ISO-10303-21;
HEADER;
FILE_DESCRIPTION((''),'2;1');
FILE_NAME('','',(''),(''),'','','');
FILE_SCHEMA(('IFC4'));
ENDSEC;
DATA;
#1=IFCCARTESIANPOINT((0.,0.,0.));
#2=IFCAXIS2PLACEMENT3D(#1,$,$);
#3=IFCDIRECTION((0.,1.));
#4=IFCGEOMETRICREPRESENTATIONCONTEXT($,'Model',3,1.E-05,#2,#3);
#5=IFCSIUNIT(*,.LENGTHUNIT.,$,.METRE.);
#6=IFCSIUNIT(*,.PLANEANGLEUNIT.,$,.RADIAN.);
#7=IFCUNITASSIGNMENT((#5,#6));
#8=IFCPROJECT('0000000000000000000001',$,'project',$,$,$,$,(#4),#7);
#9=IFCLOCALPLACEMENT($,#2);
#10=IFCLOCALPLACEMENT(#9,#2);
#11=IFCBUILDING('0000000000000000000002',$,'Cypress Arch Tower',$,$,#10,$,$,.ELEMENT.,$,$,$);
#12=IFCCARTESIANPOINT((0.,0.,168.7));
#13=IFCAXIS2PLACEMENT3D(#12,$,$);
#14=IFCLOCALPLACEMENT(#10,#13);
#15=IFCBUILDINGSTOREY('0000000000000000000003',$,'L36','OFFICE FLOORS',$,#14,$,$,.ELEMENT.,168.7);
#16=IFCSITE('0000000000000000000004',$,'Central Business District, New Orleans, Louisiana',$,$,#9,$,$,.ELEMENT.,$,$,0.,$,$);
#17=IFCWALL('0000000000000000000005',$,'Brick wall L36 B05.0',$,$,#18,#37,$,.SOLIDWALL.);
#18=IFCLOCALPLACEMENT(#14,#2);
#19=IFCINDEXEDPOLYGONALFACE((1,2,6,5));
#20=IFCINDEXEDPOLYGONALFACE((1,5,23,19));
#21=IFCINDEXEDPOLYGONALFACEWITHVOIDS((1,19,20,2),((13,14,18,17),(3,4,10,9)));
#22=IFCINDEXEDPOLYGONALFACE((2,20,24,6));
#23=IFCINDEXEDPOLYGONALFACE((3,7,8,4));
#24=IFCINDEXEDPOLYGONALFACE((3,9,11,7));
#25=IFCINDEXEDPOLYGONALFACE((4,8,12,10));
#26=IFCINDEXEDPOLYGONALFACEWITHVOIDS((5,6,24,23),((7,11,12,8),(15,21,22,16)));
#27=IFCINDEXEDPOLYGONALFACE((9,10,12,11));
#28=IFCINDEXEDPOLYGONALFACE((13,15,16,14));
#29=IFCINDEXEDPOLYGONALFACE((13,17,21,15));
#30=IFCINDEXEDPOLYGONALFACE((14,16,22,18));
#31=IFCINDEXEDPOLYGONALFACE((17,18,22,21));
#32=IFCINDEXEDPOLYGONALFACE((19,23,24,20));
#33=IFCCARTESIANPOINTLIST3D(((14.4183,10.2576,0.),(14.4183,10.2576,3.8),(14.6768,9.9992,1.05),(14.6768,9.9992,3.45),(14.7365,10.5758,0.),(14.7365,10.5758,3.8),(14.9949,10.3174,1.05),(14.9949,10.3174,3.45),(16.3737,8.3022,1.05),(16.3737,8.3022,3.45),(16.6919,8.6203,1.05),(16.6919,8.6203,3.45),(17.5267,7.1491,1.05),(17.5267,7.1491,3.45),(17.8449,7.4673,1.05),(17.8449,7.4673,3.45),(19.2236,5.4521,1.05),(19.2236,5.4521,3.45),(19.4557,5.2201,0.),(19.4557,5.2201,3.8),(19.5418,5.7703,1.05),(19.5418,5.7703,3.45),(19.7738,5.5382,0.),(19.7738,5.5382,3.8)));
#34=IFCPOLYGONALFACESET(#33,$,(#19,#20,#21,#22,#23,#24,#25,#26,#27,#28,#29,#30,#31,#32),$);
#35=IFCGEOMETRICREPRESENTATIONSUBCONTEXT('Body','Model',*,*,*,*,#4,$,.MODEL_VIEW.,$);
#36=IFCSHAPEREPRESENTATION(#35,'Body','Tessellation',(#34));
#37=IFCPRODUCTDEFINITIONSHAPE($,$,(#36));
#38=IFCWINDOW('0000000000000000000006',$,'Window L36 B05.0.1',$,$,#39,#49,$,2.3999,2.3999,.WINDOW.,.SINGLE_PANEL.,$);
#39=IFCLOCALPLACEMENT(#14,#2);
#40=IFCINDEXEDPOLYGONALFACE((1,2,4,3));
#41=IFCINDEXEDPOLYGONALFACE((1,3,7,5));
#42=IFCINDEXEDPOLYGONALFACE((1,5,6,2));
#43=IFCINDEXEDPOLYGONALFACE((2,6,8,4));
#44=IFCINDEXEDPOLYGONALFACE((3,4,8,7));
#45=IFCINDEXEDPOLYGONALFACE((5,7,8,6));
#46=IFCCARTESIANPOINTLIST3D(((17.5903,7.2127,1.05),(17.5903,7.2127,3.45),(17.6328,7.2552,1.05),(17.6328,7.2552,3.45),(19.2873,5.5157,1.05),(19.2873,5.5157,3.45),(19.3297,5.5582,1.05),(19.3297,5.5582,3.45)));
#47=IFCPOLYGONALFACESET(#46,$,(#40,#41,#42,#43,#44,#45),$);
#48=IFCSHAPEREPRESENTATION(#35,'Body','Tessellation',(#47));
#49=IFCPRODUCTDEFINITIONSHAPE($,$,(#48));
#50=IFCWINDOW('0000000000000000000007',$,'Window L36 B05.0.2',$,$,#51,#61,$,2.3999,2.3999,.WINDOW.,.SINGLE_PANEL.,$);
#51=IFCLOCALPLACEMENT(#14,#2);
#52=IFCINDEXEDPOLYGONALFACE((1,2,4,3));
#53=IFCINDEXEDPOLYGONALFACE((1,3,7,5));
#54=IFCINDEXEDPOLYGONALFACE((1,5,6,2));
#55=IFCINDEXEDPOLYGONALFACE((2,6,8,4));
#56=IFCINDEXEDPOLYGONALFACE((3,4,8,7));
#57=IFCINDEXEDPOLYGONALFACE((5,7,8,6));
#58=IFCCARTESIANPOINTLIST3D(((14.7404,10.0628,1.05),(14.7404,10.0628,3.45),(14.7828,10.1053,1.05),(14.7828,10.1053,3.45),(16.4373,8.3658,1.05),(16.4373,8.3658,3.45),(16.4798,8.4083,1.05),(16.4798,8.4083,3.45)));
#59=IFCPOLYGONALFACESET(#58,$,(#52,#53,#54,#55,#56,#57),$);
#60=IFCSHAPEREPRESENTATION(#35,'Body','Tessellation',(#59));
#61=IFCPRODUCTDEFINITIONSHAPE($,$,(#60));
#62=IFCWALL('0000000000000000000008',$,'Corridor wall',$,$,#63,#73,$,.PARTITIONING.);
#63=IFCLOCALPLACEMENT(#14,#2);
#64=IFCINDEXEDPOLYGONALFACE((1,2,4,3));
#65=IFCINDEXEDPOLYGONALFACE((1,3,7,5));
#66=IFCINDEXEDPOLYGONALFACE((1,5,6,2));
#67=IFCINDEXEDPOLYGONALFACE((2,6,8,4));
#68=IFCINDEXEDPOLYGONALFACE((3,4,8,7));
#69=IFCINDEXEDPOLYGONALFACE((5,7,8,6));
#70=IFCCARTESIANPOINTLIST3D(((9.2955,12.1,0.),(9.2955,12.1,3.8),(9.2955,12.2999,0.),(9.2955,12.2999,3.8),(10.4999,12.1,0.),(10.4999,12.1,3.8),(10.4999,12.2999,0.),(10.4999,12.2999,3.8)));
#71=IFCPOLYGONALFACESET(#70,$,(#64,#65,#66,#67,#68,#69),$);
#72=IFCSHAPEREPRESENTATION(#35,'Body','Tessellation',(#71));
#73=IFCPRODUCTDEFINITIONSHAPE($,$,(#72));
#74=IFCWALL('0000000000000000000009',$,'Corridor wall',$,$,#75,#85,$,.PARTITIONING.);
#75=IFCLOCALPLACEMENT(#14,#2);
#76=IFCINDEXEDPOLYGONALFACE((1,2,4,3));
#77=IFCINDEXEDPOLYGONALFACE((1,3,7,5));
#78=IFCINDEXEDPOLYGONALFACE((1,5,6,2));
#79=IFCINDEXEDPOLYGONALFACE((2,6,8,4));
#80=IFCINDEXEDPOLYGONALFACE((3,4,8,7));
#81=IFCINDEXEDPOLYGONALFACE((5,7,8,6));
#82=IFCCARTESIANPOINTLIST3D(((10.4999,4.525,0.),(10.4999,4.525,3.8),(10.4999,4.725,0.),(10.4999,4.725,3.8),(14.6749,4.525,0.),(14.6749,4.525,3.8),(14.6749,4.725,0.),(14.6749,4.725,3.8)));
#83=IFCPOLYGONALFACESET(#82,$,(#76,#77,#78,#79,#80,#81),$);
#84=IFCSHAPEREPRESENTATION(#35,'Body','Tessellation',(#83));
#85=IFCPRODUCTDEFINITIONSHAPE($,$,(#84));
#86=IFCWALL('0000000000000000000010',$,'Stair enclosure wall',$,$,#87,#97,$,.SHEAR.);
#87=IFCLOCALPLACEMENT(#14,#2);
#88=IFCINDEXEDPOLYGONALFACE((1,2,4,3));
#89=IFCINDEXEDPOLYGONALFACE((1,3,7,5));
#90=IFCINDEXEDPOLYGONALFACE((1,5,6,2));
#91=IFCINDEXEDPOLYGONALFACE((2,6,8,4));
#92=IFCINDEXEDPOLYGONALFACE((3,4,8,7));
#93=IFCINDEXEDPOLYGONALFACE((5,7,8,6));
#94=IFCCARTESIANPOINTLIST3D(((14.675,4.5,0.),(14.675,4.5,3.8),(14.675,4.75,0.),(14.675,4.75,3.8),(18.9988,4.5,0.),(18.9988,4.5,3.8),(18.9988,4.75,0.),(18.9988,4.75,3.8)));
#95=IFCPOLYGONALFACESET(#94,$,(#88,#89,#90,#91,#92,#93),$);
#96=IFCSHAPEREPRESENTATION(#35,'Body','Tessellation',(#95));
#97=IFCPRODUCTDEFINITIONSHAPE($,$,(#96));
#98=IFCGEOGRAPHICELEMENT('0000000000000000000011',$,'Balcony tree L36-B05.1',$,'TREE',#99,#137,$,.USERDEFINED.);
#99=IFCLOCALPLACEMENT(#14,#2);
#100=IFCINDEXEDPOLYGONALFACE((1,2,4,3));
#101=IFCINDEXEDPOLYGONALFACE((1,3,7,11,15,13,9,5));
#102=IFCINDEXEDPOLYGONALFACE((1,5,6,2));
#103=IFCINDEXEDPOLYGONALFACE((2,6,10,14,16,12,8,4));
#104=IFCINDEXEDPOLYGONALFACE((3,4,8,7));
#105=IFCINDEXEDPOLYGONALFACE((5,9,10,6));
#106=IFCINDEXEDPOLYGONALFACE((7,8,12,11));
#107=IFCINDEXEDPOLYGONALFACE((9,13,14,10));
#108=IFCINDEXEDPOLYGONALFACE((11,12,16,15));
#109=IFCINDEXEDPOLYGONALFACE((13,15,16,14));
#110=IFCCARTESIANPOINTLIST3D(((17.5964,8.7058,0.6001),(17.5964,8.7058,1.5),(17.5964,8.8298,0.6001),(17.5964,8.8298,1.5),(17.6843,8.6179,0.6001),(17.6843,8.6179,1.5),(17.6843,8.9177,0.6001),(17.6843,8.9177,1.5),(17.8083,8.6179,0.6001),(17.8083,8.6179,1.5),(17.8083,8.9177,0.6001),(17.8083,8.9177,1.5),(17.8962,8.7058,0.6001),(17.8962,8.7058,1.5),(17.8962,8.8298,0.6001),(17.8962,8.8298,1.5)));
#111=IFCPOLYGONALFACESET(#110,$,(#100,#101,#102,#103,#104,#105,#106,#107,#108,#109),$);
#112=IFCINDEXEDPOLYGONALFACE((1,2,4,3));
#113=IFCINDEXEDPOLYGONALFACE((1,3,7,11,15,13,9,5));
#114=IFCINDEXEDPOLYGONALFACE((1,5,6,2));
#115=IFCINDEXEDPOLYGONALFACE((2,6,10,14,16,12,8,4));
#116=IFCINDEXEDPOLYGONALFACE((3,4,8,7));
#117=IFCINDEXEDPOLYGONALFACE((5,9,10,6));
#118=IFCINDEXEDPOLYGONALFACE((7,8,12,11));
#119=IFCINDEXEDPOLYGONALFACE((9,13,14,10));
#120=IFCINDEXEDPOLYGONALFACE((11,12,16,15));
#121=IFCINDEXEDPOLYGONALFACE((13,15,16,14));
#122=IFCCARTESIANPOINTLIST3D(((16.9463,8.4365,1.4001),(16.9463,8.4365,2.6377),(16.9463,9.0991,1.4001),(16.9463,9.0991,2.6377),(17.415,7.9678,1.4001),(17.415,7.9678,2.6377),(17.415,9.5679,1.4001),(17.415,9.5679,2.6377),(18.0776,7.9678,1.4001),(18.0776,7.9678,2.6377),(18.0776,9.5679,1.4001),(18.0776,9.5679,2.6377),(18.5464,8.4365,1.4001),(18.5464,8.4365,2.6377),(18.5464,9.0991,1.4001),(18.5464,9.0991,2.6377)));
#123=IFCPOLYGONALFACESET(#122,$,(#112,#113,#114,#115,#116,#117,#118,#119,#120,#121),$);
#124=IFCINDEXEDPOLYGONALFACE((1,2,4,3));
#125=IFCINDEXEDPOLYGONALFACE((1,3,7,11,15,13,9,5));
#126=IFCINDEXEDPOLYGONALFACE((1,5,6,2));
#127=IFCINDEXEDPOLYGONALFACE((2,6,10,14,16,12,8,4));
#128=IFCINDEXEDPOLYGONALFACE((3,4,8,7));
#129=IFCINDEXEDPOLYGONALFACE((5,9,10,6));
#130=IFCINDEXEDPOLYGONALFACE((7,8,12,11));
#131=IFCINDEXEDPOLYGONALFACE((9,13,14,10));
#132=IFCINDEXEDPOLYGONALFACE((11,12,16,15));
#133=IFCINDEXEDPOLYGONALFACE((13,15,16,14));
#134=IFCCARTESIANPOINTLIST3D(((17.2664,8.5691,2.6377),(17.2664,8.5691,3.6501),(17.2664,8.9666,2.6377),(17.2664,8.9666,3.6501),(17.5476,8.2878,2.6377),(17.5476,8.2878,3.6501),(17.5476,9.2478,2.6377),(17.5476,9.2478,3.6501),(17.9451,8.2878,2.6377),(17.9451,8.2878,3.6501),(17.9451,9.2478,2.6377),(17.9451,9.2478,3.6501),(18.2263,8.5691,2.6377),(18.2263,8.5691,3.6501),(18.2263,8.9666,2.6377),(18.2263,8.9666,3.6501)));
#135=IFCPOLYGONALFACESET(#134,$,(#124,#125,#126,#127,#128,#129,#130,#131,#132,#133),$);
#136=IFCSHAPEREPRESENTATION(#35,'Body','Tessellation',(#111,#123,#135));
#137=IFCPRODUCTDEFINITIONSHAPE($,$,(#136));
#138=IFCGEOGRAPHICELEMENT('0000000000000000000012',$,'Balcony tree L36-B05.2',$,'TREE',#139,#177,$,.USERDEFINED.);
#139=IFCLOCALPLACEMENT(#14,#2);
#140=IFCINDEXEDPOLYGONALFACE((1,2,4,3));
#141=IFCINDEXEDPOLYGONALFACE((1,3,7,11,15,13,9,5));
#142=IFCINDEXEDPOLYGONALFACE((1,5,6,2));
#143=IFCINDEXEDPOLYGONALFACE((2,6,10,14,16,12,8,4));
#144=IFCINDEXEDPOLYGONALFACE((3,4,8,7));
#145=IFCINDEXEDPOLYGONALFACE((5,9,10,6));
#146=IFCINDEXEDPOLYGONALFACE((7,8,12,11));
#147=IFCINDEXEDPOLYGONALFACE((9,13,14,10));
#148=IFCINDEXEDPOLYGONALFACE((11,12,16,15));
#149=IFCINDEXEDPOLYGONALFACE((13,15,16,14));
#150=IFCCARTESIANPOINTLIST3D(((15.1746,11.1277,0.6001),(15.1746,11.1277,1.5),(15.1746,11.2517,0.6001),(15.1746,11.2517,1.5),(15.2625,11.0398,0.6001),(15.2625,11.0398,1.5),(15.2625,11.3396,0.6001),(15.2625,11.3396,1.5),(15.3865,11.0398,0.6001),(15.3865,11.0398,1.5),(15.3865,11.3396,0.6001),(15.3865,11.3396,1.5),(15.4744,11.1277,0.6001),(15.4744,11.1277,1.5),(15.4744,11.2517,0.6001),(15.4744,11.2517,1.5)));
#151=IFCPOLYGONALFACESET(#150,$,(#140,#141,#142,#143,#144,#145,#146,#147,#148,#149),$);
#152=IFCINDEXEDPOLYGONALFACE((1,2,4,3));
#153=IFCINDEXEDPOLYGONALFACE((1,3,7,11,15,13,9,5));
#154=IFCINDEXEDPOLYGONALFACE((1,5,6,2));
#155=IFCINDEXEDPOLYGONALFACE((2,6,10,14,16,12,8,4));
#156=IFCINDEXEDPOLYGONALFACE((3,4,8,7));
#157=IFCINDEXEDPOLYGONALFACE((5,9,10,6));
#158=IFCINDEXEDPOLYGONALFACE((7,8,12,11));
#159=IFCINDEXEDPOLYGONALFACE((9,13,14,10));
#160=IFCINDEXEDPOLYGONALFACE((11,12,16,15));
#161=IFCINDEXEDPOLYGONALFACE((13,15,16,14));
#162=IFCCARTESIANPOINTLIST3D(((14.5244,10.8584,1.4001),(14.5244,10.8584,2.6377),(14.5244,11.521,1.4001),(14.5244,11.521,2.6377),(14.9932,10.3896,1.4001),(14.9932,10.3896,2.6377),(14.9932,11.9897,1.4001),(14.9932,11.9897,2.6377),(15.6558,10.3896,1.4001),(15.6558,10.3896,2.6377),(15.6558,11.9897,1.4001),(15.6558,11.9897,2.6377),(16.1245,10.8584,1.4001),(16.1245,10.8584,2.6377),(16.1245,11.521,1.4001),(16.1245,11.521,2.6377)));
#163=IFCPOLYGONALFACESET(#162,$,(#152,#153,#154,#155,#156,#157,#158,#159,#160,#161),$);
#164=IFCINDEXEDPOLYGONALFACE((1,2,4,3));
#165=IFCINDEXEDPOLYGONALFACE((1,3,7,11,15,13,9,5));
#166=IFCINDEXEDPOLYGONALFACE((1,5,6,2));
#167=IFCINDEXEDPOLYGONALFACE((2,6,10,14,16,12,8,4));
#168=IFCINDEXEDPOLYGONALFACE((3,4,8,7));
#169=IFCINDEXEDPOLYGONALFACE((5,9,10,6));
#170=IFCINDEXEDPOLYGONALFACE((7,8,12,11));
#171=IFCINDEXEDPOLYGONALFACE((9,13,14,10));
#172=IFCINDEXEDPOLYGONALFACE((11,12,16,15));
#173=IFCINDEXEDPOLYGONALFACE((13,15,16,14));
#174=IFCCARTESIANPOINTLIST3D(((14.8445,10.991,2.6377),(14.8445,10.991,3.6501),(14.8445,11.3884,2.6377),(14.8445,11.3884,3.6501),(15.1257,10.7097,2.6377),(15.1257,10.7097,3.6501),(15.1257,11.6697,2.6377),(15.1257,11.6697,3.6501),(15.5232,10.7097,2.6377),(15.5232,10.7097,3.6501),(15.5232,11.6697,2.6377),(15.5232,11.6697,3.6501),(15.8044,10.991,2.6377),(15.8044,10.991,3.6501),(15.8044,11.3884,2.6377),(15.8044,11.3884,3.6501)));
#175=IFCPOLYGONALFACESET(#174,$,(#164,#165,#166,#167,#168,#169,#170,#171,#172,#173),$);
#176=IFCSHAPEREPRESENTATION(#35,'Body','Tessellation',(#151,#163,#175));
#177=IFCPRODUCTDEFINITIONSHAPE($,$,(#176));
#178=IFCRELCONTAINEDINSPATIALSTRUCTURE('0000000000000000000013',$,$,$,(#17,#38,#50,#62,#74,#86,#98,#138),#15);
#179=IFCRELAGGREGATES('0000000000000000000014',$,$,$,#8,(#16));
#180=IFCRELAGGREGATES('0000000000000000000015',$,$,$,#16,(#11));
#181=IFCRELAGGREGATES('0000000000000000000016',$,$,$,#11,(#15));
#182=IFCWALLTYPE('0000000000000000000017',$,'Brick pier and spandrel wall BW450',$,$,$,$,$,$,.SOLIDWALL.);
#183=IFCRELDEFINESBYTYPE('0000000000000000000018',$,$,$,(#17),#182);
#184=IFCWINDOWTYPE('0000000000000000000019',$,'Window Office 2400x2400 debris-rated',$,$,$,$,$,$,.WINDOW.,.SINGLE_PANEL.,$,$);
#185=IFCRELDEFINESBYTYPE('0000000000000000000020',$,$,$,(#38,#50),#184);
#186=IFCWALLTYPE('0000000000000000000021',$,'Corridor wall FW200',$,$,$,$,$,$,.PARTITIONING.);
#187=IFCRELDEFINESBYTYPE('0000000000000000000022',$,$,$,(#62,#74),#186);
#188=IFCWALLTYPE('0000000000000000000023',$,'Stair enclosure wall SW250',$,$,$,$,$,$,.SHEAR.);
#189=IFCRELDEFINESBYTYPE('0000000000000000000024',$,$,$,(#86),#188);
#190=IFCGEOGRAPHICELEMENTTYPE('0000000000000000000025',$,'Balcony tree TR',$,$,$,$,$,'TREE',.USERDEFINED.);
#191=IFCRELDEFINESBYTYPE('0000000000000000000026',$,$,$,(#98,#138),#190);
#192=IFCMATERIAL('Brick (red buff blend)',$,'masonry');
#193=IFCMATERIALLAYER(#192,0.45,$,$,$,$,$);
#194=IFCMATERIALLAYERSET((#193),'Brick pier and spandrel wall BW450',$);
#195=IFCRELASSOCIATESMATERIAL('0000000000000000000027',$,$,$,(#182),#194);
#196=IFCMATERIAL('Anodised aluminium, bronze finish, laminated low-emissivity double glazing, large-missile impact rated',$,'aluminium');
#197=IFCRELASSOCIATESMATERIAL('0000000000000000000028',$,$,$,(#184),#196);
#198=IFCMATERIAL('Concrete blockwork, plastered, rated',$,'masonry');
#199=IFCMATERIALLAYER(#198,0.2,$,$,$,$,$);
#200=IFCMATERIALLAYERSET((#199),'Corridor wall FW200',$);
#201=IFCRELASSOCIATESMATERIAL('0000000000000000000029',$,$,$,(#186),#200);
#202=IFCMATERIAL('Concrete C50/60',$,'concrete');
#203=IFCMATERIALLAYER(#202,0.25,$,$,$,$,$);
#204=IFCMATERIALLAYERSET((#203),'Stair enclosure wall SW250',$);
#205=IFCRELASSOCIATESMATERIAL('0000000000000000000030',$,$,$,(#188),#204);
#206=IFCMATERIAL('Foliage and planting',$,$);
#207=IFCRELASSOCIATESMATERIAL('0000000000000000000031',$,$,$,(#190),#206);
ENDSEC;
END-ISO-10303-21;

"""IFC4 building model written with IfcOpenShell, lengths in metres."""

from ifc_helpers import new_model, si_unit, direction, frame, frame_2d, origin, place, context, subcontext, project, spatial, polyline, rectangle, outline, extrude, material, layer, layer_set, type_object, element, fill, save


model = new_model("IFC4")

# Units and contexts
model_context = context("Model", 3, precision=1e-05, world=origin(), true_north=direction((0.0, 1.0)))
body_context = subcontext(model_context, "Body", "Model", "MODEL_VIEW")
ifc_project = project(units=[si_unit("LENGTHUNIT", "METRE"), si_unit("PLANEANGLEUNIT", "RADIAN")], contexts=[model_context])

# Site, building, storey
site_placement = place(None, origin())
site = spatial("IfcSite", under=ifc_project, at=site_placement, Name="Central Business District, New Orleans, Louisiana", CompositionType="ELEMENT", RefElevation=0.0)
building_placement = place(site_placement, origin())
building = spatial("IfcBuilding", under=site, at=building_placement, Name="Cypress Arch Tower", CompositionType="ELEMENT")
storey_placement = place(building_placement, frame((0.0, 0.0, 168.7)))
storey = spatial("IfcBuildingStorey", under=building, at=storey_placement, Name="L36", Description="OFFICE FLOORS", CompositionType="ELEMENT", Elevation=168.7)

# Wall, openings, windows
ifc_material_1 = material(Name="Brick (red buff blend)", Category="masonry")
ifc_layer_1 = layer(ifc_material_1, 0.45)
ifc_layer_set_1 = layer_set([ifc_layer_1], Name="Brick pier and spandrel wall BW450")
wall_type_1 = type_object("IfcWallType", Name="Brick pier and spandrel wall BW450", PredefinedType="SOLIDWALL", material=ifc_layer_set_1)
wall_1_placement = place(storey_placement, frame((19.6147, 5.3792, 0.0), z_axis=(0.0, 0.0, 1.0), x_axis=(-0.70709, 0.707124, 0.0)))
wall_1 = element("IfcWall", 1, at=wall_1_placement, inside=storey, type_object=wall_type_1, Name="Brick wall L36 B05.0", PredefinedType="SOLIDWALL", context=body_context, shape_type="SweptSolid", body=[
    extrude(rectangle(XDim=7.124, YDim=0.45, at=frame_2d((3.562, 0.0))), origin(), (0.0, 0.0, 1.0), 3.8),
])
opening_1_placement = place(wall_1_placement, frame((0.3281, 0.0, 1.05)))
opening_1 = element("IfcOpeningElement", 2, at=opening_1_placement, cuts=wall_1, PredefinedType="OPENING", context=body_context, shape_type="SweptSolid", body=[
    extrude(rectangle(XDim=2.3999, YDim=2.3999, at=frame_2d((1.2, 1.2))), frame((0.0, 0.2349, 0.0), z_axis=(0.0, -1.0, 0.0), x_axis=(1.0, 0.0, 0.0)), (0.0, 0.0, 1.0), 0.47),
])
opening_2_placement = place(wall_1_placement, frame((4.3586, 0.0, 1.05)))
opening_2 = element("IfcOpeningElement", 3, at=opening_2_placement, cuts=wall_1, PredefinedType="OPENING", context=body_context, shape_type="SweptSolid", body=[
    extrude(rectangle(XDim=2.3999, YDim=2.3999, at=frame_2d((1.2, 1.2))), frame((0.0, 0.2349, 0.0), z_axis=(0.0, -1.0, 0.0), x_axis=(1.0, 0.0, 0.0)), (0.0, 0.0, 1.0), 0.47),
])
ifc_material_2 = material(Name="Anodised aluminium, bronze finish, laminated low-emissivity double glazing, large-missile impact rated", Category="aluminium")
window_type = type_object("IfcWindowType", Name="Window Office 2400x2400 debris-rated", PartitioningType="SINGLE_PANEL", PredefinedType="WINDOW", material=ifc_material_2)
window_1_placement = place(opening_1_placement, origin())
window_1 = element("IfcWindow", 4, at=window_1_placement, inside=storey, type_object=window_type, Name="Window L36 B05.0.1", OverallHeight=2.3999, OverallWidth=2.3999, PartitioningType="SINGLE_PANEL", PredefinedType="WINDOW", context=body_context, shape_type="SweptSolid", body=[
    extrude(rectangle(XDim=2.3999, YDim=2.3999, at=frame_2d((1.2, 1.2))), frame((0.0, 0.135, 0.0), z_axis=(0.0, -1.0, 0.0), x_axis=(1.0, 0.0, 0.0)), (0.0, 0.0, 1.0), 0.0601),
])
fill(opening_1, window_1)
window_2_placement = place(opening_2_placement, origin())
window_2 = element("IfcWindow", 5, at=window_2_placement, inside=storey, type_object=window_type, Name="Window L36 B05.0.2", OverallHeight=2.3999, OverallWidth=2.3999, PartitioningType="SINGLE_PANEL", PredefinedType="WINDOW", context=body_context, shape_type="SweptSolid", body=[
    extrude(rectangle(XDim=2.3999, YDim=2.3999, at=frame_2d((1.2, 1.2))), frame((0.0, 0.135, 0.0), z_axis=(0.0, -1.0, 0.0), x_axis=(1.0, 0.0, 0.0)), (0.0, 0.0, 1.0), 0.0601),
])
fill(opening_2, window_2)

# Walls
ifc_material_3 = material(Name="Concrete blockwork, plastered, rated", Category="masonry")
ifc_layer_2 = layer(ifc_material_3, 0.2)
ifc_layer_set_2 = layer_set([ifc_layer_2], Name="Corridor wall FW200")
wall_type_2 = type_object("IfcWallType", Name="Corridor wall FW200", PredefinedType="PARTITIONING", material=ifc_layer_set_2)
wall_2_placement = place(storey_placement, frame((9.2957, 12.2, 0.0), z_axis=(0.0, 0.0, 1.0), x_axis=(1.0, 0.0, 0.0)))
element("IfcWall", 6, at=wall_2_placement, inside=storey, type_object=wall_type_2, Name="Corridor wall", PredefinedType="PARTITIONING", context=body_context, shape_type="SweptSolid", body=[
    extrude(rectangle(XDim=1.2043, YDim=0.2, at=frame_2d((0.6021, 0.0))), origin(), (0.0, 0.0, 1.0), 3.8),
])
wall_3_placement = place(storey_placement, frame((10.5, 4.625, 0.0), z_axis=(0.0, 0.0, 1.0), x_axis=(1.0, 0.0, 0.0)))
element("IfcWall", 7, at=wall_3_placement, inside=storey, type_object=wall_type_2, Name="Corridor wall", PredefinedType="PARTITIONING", context=body_context, shape_type="SweptSolid", body=[
    extrude(rectangle(XDim=4.175, YDim=0.2, at=frame_2d((2.0874, 0.0))), origin(), (0.0, 0.0, 1.0), 3.8),
])
ifc_material_4 = material(Name="Concrete C50/60", Category="concrete")
ifc_layer_3 = layer(ifc_material_4, 0.25)
ifc_layer_set_3 = layer_set([ifc_layer_3], Name="Stair enclosure wall SW250")
wall_type_3 = type_object("IfcWallType", Name="Stair enclosure wall SW250", PredefinedType="SHEAR", material=ifc_layer_set_3)
wall_4_placement = place(storey_placement, frame((14.675, 4.625, 0.0), z_axis=(0.0, 0.0, 1.0), x_axis=(1.0, 0.0, 0.0)))
element("IfcWall", 8, at=wall_4_placement, inside=storey, type_object=wall_type_3, Name="Stair enclosure wall", PredefinedType="SHEAR", context=body_context, shape_type="SweptSolid", body=[
    extrude(rectangle(XDim=4.3237, YDim=0.25, at=frame_2d((2.1619, 0.0))), origin(), (0.0, 0.0, 1.0), 3.8),
])

# Geographic elements
ifc_material_5 = material(Name="Foliage and planting")
geographic_element_type = type_object("IfcGeographicElementType", Name="Balcony tree TR", ElementType="TREE", PredefinedType="USERDEFINED", material=ifc_material_5)
for number, where, z_axis, x_axis, name in (
    (9, (17.7463, 8.7678, 0.6001), (0.0, 0.0, 1.0), (1.0, 0.0, 0.0), "Balcony tree L36-B05.1"),
    (10, (15.3245, 11.1897, 0.6001), (0.0, 0.0, 1.0), (1.0, 0.0, 0.0), "Balcony tree L36-B05.2"),
):
    element("IfcGeographicElement", number, at=place(storey_placement, frame(where, z_axis=z_axis, x_axis=x_axis)), inside=storey, type_object=geographic_element_type, Name=name, ObjectType="TREE", PredefinedType="USERDEFINED", context=body_context, shape_type="SweptSolid", body=[
        extrude(outline(polyline([(0.1499, 0.062), (0.062, 0.1499), (-0.062, 0.1499), (-0.1499, 0.062), (-0.1499, -0.062), (-0.062, -0.1499), (0.062, -0.1499), (0.1499, -0.062), (0.1499, 0.062)])), origin(), (0.0, 0.0, 1.0), 0.8999),
        extrude(outline(polyline([(0.8, 0.3313), (0.3313, 0.8), (-0.3313, 0.8), (-0.8, 0.3313), (-0.8, -0.3313), (-0.3313, -0.8), (0.3313, -0.8), (0.8, -0.3313), (0.8, 0.3313)])), frame((0.0, 0.0, 0.8)), (0.0, 0.0, 1.0), 1.2375),
        extrude(outline(polyline([(0.48, 0.1987), (0.1987, 0.48), (-0.1987, 0.48), (-0.48, 0.1987), (-0.48, -0.1987), (-0.1987, -0.48), (0.1987, -0.48), (0.48, -0.1987), (0.48, 0.1987)])), frame((0.0, 0.0, 2.0376)), (0.0, 0.0, 1.0), 1.0125),
    ])

save(model, "model.ifc")
